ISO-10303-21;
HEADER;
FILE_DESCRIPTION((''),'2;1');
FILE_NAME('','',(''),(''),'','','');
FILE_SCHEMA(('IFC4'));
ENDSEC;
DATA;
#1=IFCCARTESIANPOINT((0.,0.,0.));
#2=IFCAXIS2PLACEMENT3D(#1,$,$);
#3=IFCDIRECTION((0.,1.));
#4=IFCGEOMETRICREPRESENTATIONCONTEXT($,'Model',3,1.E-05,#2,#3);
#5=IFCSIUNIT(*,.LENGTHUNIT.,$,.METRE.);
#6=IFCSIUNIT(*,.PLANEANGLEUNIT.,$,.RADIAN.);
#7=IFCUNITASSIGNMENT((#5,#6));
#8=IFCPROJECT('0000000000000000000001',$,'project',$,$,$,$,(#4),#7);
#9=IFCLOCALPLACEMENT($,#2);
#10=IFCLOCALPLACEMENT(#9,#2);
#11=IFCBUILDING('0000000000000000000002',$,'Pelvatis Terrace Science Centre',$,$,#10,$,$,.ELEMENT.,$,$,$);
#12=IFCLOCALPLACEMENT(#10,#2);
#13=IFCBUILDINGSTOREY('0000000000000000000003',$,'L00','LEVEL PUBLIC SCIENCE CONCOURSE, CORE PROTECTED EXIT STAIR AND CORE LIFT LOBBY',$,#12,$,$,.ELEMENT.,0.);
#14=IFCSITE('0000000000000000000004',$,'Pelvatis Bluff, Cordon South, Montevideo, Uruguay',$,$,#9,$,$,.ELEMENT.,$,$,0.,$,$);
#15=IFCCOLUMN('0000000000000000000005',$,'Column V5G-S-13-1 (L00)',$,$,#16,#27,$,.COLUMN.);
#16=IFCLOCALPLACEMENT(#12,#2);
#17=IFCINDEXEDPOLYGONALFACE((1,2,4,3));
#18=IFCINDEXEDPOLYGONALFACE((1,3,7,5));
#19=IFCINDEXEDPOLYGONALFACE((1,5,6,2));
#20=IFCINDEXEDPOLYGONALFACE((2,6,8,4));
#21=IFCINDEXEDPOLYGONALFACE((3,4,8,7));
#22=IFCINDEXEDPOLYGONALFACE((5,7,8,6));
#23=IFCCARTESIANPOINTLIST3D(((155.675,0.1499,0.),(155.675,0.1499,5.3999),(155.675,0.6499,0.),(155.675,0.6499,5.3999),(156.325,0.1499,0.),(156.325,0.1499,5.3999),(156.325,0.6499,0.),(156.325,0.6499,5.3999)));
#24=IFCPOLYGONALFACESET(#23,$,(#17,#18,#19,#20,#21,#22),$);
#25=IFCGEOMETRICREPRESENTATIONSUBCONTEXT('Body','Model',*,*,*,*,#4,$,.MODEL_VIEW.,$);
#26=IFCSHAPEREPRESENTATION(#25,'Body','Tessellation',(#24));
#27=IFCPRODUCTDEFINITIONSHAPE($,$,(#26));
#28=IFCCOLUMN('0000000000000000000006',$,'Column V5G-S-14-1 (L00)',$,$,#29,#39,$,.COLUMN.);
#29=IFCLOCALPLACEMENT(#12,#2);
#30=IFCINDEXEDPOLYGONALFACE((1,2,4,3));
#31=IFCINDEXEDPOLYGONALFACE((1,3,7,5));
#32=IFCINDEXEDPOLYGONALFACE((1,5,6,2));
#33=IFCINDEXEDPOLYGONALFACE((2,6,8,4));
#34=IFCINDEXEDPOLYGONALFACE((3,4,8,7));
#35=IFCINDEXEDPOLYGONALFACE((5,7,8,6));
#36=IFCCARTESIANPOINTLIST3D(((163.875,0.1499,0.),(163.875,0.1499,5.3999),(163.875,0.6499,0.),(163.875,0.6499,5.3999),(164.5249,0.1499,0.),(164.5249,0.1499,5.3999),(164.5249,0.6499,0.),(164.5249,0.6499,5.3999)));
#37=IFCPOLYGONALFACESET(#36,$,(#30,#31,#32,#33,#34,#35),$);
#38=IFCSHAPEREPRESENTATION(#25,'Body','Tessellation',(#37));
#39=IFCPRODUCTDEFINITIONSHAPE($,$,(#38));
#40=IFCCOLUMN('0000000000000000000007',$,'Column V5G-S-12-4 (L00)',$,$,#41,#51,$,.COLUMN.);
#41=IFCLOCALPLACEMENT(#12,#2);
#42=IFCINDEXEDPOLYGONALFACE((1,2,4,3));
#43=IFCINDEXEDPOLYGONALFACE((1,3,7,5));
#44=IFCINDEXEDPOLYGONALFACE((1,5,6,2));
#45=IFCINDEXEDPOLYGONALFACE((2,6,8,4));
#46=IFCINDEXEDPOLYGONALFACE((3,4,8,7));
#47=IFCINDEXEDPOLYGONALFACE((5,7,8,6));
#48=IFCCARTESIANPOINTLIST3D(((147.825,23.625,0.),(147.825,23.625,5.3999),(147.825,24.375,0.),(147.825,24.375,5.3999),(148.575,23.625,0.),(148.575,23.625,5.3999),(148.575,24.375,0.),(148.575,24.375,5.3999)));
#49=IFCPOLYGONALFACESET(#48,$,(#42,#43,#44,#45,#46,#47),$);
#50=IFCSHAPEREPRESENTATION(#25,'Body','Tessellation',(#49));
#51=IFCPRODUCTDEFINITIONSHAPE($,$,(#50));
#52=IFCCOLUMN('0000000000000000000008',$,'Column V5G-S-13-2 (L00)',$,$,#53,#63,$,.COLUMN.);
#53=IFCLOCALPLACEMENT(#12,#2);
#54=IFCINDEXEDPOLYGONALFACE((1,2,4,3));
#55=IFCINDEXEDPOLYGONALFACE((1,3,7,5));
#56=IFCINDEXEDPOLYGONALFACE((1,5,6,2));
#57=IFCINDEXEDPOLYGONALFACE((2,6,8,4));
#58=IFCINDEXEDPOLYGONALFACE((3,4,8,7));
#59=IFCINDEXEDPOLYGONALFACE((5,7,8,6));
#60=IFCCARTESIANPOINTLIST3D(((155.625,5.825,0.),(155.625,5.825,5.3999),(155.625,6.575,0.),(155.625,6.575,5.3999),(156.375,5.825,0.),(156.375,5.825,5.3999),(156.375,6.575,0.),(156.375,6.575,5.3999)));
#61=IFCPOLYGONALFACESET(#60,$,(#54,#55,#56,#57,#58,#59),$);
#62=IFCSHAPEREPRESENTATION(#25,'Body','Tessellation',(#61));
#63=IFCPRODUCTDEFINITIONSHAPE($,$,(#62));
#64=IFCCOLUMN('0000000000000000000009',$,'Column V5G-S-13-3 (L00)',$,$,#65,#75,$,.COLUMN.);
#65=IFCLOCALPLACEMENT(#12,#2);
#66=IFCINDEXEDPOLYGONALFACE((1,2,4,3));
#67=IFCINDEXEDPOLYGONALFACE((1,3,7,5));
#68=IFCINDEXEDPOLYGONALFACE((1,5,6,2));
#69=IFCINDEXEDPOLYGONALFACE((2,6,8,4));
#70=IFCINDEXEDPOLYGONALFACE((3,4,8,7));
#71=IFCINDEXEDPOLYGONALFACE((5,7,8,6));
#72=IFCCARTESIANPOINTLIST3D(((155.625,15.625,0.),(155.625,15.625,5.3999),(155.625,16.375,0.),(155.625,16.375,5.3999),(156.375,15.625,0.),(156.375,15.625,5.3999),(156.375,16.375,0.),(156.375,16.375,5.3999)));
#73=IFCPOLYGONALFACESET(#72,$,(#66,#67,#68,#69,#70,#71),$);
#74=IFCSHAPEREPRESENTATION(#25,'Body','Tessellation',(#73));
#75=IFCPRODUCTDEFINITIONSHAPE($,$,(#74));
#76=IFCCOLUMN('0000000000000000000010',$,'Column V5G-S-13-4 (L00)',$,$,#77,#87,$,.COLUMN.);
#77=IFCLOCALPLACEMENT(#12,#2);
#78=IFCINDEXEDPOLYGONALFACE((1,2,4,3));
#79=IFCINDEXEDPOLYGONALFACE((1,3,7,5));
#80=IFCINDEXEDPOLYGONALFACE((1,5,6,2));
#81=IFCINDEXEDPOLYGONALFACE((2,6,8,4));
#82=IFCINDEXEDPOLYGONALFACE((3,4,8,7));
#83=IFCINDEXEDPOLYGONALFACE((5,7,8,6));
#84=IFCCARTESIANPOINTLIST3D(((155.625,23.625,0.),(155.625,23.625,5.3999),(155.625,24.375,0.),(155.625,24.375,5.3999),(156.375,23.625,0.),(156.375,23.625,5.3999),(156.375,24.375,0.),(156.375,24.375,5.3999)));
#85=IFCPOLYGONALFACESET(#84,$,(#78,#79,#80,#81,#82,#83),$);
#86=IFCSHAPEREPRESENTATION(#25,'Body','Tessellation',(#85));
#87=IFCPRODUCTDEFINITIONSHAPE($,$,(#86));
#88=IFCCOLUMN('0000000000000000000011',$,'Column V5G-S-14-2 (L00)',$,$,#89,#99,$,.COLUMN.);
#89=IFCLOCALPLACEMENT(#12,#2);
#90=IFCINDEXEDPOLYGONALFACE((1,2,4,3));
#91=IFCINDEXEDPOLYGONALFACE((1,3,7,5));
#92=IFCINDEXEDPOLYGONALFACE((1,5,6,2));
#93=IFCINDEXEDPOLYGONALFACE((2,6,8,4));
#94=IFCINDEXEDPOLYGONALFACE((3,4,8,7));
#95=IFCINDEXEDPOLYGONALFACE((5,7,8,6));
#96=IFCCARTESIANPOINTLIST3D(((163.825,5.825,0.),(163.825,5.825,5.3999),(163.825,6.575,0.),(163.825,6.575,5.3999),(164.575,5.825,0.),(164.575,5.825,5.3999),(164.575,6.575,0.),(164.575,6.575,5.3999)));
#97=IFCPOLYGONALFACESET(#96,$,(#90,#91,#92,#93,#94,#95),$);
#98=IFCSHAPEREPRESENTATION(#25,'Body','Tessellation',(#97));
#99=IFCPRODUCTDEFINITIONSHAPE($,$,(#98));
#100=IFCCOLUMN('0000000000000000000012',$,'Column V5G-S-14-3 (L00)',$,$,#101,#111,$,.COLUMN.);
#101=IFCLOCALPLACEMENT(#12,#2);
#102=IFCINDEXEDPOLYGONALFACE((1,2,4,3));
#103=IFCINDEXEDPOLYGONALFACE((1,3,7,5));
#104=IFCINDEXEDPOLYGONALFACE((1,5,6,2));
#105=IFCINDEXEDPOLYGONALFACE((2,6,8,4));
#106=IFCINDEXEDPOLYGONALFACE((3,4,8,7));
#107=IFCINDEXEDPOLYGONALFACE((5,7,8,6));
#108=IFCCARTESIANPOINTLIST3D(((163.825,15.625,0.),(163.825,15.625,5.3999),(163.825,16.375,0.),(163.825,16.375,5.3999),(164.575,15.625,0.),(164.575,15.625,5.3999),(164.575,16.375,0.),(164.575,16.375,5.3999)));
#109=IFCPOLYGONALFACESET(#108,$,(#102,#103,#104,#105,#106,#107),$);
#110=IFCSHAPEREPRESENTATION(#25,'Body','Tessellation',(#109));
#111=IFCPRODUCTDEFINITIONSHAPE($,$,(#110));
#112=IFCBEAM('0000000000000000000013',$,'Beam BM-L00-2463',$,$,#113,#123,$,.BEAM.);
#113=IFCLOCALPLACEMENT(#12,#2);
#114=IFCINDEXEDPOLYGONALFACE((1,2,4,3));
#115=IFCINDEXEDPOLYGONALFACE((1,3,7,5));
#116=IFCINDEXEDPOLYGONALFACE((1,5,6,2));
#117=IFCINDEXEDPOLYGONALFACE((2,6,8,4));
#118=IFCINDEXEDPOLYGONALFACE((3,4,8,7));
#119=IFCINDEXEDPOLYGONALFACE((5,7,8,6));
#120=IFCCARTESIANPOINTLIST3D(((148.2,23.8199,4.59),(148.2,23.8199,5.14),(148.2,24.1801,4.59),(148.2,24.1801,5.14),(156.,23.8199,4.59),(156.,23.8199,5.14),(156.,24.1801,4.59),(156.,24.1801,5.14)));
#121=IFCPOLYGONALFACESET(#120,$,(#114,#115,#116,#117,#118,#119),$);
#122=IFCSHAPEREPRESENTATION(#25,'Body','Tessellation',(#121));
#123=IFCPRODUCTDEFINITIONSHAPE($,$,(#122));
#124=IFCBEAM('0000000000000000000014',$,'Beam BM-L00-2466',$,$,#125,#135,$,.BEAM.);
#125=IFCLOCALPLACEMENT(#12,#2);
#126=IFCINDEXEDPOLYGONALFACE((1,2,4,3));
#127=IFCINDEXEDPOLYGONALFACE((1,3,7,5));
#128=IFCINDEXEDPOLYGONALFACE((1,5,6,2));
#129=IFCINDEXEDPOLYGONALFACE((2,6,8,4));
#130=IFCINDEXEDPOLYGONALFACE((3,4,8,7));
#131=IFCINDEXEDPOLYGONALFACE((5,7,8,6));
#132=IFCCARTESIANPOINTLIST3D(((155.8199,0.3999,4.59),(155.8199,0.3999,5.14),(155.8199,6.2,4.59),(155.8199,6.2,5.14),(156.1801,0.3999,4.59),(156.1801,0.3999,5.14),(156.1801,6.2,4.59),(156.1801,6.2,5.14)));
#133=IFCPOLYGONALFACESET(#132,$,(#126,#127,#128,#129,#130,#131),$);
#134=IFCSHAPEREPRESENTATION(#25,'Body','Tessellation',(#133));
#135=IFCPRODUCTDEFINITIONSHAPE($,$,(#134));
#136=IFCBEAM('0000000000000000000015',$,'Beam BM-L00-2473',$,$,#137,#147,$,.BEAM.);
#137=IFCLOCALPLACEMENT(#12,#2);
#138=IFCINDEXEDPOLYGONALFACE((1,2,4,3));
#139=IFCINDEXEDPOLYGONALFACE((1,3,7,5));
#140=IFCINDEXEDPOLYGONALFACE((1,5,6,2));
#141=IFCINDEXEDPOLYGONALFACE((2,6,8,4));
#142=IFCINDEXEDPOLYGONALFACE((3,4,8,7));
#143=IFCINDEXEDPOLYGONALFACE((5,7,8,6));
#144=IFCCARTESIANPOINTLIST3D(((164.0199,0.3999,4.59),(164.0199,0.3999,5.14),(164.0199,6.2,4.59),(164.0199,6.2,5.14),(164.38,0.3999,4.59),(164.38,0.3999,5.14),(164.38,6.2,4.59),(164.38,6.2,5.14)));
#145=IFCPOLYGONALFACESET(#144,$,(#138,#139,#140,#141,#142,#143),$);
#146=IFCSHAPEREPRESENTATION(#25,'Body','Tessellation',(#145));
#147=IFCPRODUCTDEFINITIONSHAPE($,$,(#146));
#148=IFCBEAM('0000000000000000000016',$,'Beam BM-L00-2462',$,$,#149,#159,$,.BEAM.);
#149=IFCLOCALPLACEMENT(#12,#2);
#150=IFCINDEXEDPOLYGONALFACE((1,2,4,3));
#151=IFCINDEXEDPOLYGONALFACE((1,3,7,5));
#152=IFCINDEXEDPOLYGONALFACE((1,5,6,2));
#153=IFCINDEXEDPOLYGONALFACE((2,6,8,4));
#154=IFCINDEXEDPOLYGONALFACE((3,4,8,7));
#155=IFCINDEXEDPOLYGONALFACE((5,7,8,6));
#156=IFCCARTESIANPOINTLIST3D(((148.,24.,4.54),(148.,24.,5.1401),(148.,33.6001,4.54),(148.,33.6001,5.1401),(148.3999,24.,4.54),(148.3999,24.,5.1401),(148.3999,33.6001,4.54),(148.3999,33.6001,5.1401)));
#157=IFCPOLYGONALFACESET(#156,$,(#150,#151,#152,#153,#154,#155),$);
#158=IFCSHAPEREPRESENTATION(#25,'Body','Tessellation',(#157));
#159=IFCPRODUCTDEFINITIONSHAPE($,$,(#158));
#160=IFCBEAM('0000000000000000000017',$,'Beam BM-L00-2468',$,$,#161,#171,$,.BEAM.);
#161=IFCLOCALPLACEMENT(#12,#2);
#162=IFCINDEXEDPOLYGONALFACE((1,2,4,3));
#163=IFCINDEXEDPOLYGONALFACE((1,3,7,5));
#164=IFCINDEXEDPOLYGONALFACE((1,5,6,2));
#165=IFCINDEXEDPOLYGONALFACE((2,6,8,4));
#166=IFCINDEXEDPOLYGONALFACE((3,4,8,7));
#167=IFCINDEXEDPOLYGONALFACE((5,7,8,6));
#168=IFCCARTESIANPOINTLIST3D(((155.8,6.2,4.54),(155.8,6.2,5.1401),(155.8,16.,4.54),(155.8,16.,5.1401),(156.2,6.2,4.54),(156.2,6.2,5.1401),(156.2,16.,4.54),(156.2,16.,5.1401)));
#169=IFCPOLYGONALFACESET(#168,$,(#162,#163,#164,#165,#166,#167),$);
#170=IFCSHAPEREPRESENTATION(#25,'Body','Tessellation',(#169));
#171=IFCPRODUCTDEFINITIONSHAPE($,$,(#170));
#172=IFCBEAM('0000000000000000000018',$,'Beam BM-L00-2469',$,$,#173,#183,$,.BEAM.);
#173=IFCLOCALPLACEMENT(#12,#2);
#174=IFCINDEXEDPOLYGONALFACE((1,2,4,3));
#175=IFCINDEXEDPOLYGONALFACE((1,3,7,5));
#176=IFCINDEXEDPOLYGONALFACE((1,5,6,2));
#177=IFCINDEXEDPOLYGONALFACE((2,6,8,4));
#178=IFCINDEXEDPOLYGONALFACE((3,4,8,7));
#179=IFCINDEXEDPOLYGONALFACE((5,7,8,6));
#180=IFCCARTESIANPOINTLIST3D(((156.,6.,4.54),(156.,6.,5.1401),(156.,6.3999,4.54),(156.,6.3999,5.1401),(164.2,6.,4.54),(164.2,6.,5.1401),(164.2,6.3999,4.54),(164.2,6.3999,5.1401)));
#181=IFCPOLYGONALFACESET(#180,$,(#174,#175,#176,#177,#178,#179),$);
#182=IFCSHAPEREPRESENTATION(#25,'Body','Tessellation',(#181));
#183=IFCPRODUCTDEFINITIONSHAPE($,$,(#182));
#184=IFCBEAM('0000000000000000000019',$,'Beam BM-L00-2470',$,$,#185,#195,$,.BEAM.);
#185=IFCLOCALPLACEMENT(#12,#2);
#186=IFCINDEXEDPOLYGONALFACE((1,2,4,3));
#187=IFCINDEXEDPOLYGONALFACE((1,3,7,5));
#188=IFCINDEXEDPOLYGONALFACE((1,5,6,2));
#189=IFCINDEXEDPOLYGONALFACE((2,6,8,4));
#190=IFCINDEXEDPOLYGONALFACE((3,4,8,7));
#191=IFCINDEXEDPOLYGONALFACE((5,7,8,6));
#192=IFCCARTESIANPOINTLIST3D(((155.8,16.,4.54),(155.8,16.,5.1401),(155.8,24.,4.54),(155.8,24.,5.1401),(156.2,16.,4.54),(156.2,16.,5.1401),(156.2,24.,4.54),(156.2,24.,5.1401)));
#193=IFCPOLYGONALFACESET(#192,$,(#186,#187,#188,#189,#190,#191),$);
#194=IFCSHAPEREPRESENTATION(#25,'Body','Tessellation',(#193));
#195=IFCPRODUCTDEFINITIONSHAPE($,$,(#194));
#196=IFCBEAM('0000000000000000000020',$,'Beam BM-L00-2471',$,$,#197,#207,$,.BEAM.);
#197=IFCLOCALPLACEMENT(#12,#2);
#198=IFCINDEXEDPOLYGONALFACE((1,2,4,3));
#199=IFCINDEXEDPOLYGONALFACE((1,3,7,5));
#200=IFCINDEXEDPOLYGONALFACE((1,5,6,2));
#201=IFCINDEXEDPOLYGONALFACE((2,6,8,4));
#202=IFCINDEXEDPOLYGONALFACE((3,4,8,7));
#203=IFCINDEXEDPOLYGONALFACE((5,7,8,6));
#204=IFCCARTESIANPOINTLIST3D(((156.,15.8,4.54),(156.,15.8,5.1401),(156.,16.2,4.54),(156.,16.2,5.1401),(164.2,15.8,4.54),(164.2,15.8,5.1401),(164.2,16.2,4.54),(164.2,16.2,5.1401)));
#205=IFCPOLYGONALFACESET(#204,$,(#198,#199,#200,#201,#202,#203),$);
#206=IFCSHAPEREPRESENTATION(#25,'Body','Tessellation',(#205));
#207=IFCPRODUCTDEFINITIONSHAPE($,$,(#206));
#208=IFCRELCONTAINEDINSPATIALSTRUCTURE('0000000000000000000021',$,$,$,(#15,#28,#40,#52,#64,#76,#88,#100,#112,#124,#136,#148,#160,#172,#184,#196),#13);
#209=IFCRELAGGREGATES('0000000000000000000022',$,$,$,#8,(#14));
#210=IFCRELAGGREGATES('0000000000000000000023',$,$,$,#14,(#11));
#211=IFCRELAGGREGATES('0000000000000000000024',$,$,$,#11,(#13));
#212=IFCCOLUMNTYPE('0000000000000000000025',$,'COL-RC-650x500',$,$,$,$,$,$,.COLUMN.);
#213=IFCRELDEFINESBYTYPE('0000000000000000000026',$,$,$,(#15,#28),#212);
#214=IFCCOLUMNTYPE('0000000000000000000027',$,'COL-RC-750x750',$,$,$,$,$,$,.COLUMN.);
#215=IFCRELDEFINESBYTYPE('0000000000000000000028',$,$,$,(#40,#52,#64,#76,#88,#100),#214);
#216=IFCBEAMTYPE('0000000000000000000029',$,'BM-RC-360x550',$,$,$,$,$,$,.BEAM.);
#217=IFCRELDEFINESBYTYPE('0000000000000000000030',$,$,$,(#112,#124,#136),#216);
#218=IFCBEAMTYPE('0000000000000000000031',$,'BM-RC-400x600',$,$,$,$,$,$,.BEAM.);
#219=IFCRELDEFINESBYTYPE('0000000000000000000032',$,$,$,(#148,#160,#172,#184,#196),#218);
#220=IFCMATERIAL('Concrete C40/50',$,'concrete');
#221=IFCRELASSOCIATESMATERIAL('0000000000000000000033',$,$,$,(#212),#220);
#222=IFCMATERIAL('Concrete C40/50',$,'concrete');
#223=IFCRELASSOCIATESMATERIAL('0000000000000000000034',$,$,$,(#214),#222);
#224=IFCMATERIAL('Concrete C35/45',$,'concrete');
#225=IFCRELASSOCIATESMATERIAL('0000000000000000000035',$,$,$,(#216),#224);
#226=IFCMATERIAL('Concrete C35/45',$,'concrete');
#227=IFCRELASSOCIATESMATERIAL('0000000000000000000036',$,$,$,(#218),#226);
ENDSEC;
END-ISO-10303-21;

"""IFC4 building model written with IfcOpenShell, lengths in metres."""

from ifc_helpers import new_model, si_unit, direction, frame, origin, origin_2d, place, context, subcontext, project, spatial, rectangle, extrude, material, material_profile, profile_set, type_object, element, save


model = new_model("IFC4")

# Units and contexts
model_context = context("Model", 3, precision=1e-05, world=origin(), true_north=direction((0.0, 1.0)))
body_context = subcontext(model_context, "Body", "Model", "MODEL_VIEW")
ifc_project = project(units=[si_unit("LENGTHUNIT", "METRE"), si_unit("PLANEANGLEUNIT", "RADIAN")], contexts=[model_context])

# Site, building, storey
site_placement = place(None, origin())
site = spatial("IfcSite", under=ifc_project, at=site_placement, Name="Pelvatis Bluff, Cordon South, Montevideo, Uruguay", CompositionType="ELEMENT", RefElevation=0.0)
building_placement = place(site_placement, origin())
building = spatial("IfcBuilding", under=site, at=building_placement, Name="Pelvatis Terrace Science Centre", CompositionType="ELEMENT")
storey_placement = place(building_placement, origin())
storey = spatial("IfcBuildingStorey", under=building, at=storey_placement, Name="L00", Description="LEVEL PUBLIC SCIENCE CONCOURSE, CORE PROTECTED EXIT STAIR AND CORE LIFT LOBBY", CompositionType="ELEMENT", Elevation=0.0)

# Columns
ifc_material_1 = material(Name="Concrete C40/50", Category="concrete")
ifc_material_profile_1 = material_profile(ifc_material_1, rectangle(XDim=0.6499, YDim=0.5, at=origin_2d()), Name="RC-COL 650x500")
ifc_profile_set_1 = profile_set([ifc_material_profile_1], Name="Concrete C40/50")
column_type_1 = type_object("IfcColumnType", Name="COL-RC-650x500", PredefinedType="COLUMN", material=ifc_profile_set_1)
for number, where, z_axis, x_axis, name in (
    (1, (156.0, 0.3999, 0.0), (0.0, 0.0, 1.0), (1.0, 0.0, 0.0), "Column V5G-S-13-1 (L00)"),
    (2, (164.2, 0.3999, 0.0), (0.0, 0.0, 1.0), (1.0, 0.0, 0.0), "Column V5G-S-14-1 (L00)"),
):
    element("IfcColumn", number, at=place(storey_placement, frame(where, z_axis=z_axis, x_axis=x_axis)), inside=storey, type_object=column_type_1, Name=name, PredefinedType="COLUMN", context=body_context, shape_type="SweptSolid", body=[
        extrude(rectangle(XDim=0.6499, YDim=0.5, at=origin_2d()), origin(), (0.0, 0.0, 1.0), 5.3999),
    ])
ifc_material_2 = material(Name="Concrete C40/50", Category="concrete")
ifc_material_profile_2 = material_profile(ifc_material_2, rectangle(XDim=0.75, YDim=0.75, at=origin_2d()), Name="RC-COL 750x750")
ifc_profile_set_2 = profile_set([ifc_material_profile_2], Name="Concrete C40/50")
column_type_2 = type_object("IfcColumnType", Name="COL-RC-750x750", PredefinedType="COLUMN", material=ifc_profile_set_2)
for number, where, z_axis, x_axis, name in (
    (3, (148.2, 24.0, 0.0), (0.0, 0.0, 1.0), (1.0, 0.0, 0.0), "Column V5G-S-12-4 (L00)"),
    (4, (156.0, 6.2, 0.0), (0.0, 0.0, 1.0), (1.0, 0.0, 0.0), "Column V5G-S-13-2 (L00)"),
    (5, (156.0, 16.0, 0.0), (0.0, 0.0, 1.0), (1.0, 0.0, 0.0), "Column V5G-S-13-3 (L00)"),
    (6, (156.0, 24.0, 0.0), (0.0, 0.0, 1.0), (1.0, 0.0, 0.0), "Column V5G-S-13-4 (L00)"),
    (7, (164.2, 6.2, 0.0), (0.0, 0.0, 1.0), (1.0, 0.0, 0.0), "Column V5G-S-14-2 (L00)"),
    (8, (164.2, 16.0, 0.0), (0.0, 0.0, 1.0), (1.0, 0.0, 0.0), "Column V5G-S-14-3 (L00)"),
):
    element("IfcColumn", number, at=place(storey_placement, frame(where, z_axis=z_axis, x_axis=x_axis)), inside=storey, type_object=column_type_2, Name=name, PredefinedType="COLUMN", context=body_context, shape_type="SweptSolid", body=[
        extrude(rectangle(XDim=0.75, YDim=0.75, at=origin_2d()), origin(), (0.0, 0.0, 1.0), 5.3999),
    ])

# Beams
ifc_material_3 = material(Name="Concrete C35/45", Category="concrete")
ifc_material_profile_3 = material_profile(ifc_material_3, rectangle(XDim=0.3601, YDim=0.55, at=origin_2d()), Name="RC-BM 360x550")
ifc_profile_set_3 = profile_set([ifc_material_profile_3], Name="Concrete C35/45")
beam_type_1 = type_object("IfcBeamType", Name="BM-RC-360x550", PredefinedType="BEAM", material=ifc_profile_set_3)
beam_1_placement = place(storey_placement, frame((148.2, 24.0, 4.865), z_axis=(1.0, 0.0, 0.0), x_axis=(0.0, 1.0, 0.0)))
element("IfcBeam", 9, at=beam_1_placement, inside=storey, type_object=beam_type_1, Name="Beam BM-L00-2463", PredefinedType="BEAM", context=body_context, shape_type="SweptSolid", body=[
    extrude(rectangle(XDim=0.3601, YDim=0.55, at=origin_2d()), origin(), (0.0, 0.0, 1.0), 7.8),
])
for number, where, z_axis, x_axis, name in (
    (10, (156.0, 0.3999, 4.865), (0.0, 1.0, 0.0), (-1.0, 0.0, 0.0), "Beam BM-L00-2466"),
    (11, (164.2, 0.3999, 4.865), (0.0, 1.0, 0.0), (-1.0, 0.0, 0.0), "Beam BM-L00-2473"),
):
    element("IfcBeam", number, at=place(storey_placement, frame(where, z_axis=z_axis, x_axis=x_axis)), inside=storey, type_object=beam_type_1, Name=name, PredefinedType="BEAM", context=body_context, shape_type="SweptSolid", body=[
        extrude(rectangle(XDim=0.3601, YDim=0.55, at=origin_2d()), origin(), (0.0, 0.0, 1.0), 5.8),
    ])
ifc_material_4 = material(Name="Concrete C35/45", Category="concrete")
ifc_material_profile_4 = material_profile(ifc_material_4, rectangle(XDim=0.3999, YDim=0.6001, at=origin_2d()), Name="RC-BM 400x600")
ifc_profile_set_4 = profile_set([ifc_material_profile_4], Name="Concrete C35/45")
beam_type_2 = type_object("IfcBeamType", Name="BM-RC-400x600", PredefinedType="BEAM", material=ifc_profile_set_4)
beam_2_placement = place(storey_placement, frame((148.2, 24.0, 4.8401), z_axis=(0.0, 1.0, 0.0), x_axis=(-1.0, 0.0, 0.0)))
element("IfcBeam", 12, at=beam_2_placement, inside=storey, type_object=beam_type_2, Name="Beam BM-L00-2462", PredefinedType="BEAM", context=body_context, shape_type="SweptSolid", body=[
    extrude(rectangle(XDim=0.3999, YDim=0.6001, at=origin_2d()), origin(), (0.0, 0.0, 1.0), 9.6001),
])
beam_3_placement = place(storey_placement, frame((156.0, 6.2, 4.8401), z_axis=(0.0, 1.0, 0.0), x_axis=(-1.0, 0.0, 0.0)))
element("IfcBeam", 13, at=beam_3_placement, inside=storey, type_object=beam_type_2, Name="Beam BM-L00-2468", PredefinedType="BEAM", context=body_context, shape_type="SweptSolid", body=[
    extrude(rectangle(XDim=0.3999, YDim=0.6001, at=origin_2d()), origin(), (0.0, 0.0, 1.0), 9.8),
])
beam_4_placement = place(storey_placement, frame((156.0, 6.2, 4.8401), z_axis=(1.0, 0.0, 0.0), x_axis=(0.0, 1.0, 0.0)))
element("IfcBeam", 14, at=beam_4_placement, inside=storey, type_object=beam_type_2, Name="Beam BM-L00-2469", PredefinedType="BEAM", context=body_context, shape_type="SweptSolid", body=[
    extrude(rectangle(XDim=0.3999, YDim=0.6001, at=origin_2d()), origin(), (0.0, 0.0, 1.0), 8.2),
])
beam_5_placement = place(storey_placement, frame((156.0, 16.0, 4.8401), z_axis=(0.0, 1.0, 0.0), x_axis=(-1.0, 0.0, 0.0)))
element("IfcBeam", 15, at=beam_5_placement, inside=storey, type_object=beam_type_2, Name="Beam BM-L00-2470", PredefinedType="BEAM", context=body_context, shape_type="SweptSolid", body=[
    extrude(rectangle(XDim=0.3999, YDim=0.6001, at=origin_2d()), origin(), (0.0, 0.0, 1.0), 8.0),
])
beam_6_placement = place(storey_placement, frame((156.0, 16.0, 4.8401), z_axis=(1.0, 0.0, 0.0), x_axis=(0.0, 1.0, 0.0)))
element("IfcBeam", 16, at=beam_6_placement, inside=storey, type_object=beam_type_2, Name="Beam BM-L00-2471", PredefinedType="BEAM", context=body_context, shape_type="SweptSolid", body=[
    extrude(rectangle(XDim=0.3999, YDim=0.6001, at=origin_2d()), origin(), (0.0, 0.0, 1.0), 8.2),
])

save(model, "model.ifc")
